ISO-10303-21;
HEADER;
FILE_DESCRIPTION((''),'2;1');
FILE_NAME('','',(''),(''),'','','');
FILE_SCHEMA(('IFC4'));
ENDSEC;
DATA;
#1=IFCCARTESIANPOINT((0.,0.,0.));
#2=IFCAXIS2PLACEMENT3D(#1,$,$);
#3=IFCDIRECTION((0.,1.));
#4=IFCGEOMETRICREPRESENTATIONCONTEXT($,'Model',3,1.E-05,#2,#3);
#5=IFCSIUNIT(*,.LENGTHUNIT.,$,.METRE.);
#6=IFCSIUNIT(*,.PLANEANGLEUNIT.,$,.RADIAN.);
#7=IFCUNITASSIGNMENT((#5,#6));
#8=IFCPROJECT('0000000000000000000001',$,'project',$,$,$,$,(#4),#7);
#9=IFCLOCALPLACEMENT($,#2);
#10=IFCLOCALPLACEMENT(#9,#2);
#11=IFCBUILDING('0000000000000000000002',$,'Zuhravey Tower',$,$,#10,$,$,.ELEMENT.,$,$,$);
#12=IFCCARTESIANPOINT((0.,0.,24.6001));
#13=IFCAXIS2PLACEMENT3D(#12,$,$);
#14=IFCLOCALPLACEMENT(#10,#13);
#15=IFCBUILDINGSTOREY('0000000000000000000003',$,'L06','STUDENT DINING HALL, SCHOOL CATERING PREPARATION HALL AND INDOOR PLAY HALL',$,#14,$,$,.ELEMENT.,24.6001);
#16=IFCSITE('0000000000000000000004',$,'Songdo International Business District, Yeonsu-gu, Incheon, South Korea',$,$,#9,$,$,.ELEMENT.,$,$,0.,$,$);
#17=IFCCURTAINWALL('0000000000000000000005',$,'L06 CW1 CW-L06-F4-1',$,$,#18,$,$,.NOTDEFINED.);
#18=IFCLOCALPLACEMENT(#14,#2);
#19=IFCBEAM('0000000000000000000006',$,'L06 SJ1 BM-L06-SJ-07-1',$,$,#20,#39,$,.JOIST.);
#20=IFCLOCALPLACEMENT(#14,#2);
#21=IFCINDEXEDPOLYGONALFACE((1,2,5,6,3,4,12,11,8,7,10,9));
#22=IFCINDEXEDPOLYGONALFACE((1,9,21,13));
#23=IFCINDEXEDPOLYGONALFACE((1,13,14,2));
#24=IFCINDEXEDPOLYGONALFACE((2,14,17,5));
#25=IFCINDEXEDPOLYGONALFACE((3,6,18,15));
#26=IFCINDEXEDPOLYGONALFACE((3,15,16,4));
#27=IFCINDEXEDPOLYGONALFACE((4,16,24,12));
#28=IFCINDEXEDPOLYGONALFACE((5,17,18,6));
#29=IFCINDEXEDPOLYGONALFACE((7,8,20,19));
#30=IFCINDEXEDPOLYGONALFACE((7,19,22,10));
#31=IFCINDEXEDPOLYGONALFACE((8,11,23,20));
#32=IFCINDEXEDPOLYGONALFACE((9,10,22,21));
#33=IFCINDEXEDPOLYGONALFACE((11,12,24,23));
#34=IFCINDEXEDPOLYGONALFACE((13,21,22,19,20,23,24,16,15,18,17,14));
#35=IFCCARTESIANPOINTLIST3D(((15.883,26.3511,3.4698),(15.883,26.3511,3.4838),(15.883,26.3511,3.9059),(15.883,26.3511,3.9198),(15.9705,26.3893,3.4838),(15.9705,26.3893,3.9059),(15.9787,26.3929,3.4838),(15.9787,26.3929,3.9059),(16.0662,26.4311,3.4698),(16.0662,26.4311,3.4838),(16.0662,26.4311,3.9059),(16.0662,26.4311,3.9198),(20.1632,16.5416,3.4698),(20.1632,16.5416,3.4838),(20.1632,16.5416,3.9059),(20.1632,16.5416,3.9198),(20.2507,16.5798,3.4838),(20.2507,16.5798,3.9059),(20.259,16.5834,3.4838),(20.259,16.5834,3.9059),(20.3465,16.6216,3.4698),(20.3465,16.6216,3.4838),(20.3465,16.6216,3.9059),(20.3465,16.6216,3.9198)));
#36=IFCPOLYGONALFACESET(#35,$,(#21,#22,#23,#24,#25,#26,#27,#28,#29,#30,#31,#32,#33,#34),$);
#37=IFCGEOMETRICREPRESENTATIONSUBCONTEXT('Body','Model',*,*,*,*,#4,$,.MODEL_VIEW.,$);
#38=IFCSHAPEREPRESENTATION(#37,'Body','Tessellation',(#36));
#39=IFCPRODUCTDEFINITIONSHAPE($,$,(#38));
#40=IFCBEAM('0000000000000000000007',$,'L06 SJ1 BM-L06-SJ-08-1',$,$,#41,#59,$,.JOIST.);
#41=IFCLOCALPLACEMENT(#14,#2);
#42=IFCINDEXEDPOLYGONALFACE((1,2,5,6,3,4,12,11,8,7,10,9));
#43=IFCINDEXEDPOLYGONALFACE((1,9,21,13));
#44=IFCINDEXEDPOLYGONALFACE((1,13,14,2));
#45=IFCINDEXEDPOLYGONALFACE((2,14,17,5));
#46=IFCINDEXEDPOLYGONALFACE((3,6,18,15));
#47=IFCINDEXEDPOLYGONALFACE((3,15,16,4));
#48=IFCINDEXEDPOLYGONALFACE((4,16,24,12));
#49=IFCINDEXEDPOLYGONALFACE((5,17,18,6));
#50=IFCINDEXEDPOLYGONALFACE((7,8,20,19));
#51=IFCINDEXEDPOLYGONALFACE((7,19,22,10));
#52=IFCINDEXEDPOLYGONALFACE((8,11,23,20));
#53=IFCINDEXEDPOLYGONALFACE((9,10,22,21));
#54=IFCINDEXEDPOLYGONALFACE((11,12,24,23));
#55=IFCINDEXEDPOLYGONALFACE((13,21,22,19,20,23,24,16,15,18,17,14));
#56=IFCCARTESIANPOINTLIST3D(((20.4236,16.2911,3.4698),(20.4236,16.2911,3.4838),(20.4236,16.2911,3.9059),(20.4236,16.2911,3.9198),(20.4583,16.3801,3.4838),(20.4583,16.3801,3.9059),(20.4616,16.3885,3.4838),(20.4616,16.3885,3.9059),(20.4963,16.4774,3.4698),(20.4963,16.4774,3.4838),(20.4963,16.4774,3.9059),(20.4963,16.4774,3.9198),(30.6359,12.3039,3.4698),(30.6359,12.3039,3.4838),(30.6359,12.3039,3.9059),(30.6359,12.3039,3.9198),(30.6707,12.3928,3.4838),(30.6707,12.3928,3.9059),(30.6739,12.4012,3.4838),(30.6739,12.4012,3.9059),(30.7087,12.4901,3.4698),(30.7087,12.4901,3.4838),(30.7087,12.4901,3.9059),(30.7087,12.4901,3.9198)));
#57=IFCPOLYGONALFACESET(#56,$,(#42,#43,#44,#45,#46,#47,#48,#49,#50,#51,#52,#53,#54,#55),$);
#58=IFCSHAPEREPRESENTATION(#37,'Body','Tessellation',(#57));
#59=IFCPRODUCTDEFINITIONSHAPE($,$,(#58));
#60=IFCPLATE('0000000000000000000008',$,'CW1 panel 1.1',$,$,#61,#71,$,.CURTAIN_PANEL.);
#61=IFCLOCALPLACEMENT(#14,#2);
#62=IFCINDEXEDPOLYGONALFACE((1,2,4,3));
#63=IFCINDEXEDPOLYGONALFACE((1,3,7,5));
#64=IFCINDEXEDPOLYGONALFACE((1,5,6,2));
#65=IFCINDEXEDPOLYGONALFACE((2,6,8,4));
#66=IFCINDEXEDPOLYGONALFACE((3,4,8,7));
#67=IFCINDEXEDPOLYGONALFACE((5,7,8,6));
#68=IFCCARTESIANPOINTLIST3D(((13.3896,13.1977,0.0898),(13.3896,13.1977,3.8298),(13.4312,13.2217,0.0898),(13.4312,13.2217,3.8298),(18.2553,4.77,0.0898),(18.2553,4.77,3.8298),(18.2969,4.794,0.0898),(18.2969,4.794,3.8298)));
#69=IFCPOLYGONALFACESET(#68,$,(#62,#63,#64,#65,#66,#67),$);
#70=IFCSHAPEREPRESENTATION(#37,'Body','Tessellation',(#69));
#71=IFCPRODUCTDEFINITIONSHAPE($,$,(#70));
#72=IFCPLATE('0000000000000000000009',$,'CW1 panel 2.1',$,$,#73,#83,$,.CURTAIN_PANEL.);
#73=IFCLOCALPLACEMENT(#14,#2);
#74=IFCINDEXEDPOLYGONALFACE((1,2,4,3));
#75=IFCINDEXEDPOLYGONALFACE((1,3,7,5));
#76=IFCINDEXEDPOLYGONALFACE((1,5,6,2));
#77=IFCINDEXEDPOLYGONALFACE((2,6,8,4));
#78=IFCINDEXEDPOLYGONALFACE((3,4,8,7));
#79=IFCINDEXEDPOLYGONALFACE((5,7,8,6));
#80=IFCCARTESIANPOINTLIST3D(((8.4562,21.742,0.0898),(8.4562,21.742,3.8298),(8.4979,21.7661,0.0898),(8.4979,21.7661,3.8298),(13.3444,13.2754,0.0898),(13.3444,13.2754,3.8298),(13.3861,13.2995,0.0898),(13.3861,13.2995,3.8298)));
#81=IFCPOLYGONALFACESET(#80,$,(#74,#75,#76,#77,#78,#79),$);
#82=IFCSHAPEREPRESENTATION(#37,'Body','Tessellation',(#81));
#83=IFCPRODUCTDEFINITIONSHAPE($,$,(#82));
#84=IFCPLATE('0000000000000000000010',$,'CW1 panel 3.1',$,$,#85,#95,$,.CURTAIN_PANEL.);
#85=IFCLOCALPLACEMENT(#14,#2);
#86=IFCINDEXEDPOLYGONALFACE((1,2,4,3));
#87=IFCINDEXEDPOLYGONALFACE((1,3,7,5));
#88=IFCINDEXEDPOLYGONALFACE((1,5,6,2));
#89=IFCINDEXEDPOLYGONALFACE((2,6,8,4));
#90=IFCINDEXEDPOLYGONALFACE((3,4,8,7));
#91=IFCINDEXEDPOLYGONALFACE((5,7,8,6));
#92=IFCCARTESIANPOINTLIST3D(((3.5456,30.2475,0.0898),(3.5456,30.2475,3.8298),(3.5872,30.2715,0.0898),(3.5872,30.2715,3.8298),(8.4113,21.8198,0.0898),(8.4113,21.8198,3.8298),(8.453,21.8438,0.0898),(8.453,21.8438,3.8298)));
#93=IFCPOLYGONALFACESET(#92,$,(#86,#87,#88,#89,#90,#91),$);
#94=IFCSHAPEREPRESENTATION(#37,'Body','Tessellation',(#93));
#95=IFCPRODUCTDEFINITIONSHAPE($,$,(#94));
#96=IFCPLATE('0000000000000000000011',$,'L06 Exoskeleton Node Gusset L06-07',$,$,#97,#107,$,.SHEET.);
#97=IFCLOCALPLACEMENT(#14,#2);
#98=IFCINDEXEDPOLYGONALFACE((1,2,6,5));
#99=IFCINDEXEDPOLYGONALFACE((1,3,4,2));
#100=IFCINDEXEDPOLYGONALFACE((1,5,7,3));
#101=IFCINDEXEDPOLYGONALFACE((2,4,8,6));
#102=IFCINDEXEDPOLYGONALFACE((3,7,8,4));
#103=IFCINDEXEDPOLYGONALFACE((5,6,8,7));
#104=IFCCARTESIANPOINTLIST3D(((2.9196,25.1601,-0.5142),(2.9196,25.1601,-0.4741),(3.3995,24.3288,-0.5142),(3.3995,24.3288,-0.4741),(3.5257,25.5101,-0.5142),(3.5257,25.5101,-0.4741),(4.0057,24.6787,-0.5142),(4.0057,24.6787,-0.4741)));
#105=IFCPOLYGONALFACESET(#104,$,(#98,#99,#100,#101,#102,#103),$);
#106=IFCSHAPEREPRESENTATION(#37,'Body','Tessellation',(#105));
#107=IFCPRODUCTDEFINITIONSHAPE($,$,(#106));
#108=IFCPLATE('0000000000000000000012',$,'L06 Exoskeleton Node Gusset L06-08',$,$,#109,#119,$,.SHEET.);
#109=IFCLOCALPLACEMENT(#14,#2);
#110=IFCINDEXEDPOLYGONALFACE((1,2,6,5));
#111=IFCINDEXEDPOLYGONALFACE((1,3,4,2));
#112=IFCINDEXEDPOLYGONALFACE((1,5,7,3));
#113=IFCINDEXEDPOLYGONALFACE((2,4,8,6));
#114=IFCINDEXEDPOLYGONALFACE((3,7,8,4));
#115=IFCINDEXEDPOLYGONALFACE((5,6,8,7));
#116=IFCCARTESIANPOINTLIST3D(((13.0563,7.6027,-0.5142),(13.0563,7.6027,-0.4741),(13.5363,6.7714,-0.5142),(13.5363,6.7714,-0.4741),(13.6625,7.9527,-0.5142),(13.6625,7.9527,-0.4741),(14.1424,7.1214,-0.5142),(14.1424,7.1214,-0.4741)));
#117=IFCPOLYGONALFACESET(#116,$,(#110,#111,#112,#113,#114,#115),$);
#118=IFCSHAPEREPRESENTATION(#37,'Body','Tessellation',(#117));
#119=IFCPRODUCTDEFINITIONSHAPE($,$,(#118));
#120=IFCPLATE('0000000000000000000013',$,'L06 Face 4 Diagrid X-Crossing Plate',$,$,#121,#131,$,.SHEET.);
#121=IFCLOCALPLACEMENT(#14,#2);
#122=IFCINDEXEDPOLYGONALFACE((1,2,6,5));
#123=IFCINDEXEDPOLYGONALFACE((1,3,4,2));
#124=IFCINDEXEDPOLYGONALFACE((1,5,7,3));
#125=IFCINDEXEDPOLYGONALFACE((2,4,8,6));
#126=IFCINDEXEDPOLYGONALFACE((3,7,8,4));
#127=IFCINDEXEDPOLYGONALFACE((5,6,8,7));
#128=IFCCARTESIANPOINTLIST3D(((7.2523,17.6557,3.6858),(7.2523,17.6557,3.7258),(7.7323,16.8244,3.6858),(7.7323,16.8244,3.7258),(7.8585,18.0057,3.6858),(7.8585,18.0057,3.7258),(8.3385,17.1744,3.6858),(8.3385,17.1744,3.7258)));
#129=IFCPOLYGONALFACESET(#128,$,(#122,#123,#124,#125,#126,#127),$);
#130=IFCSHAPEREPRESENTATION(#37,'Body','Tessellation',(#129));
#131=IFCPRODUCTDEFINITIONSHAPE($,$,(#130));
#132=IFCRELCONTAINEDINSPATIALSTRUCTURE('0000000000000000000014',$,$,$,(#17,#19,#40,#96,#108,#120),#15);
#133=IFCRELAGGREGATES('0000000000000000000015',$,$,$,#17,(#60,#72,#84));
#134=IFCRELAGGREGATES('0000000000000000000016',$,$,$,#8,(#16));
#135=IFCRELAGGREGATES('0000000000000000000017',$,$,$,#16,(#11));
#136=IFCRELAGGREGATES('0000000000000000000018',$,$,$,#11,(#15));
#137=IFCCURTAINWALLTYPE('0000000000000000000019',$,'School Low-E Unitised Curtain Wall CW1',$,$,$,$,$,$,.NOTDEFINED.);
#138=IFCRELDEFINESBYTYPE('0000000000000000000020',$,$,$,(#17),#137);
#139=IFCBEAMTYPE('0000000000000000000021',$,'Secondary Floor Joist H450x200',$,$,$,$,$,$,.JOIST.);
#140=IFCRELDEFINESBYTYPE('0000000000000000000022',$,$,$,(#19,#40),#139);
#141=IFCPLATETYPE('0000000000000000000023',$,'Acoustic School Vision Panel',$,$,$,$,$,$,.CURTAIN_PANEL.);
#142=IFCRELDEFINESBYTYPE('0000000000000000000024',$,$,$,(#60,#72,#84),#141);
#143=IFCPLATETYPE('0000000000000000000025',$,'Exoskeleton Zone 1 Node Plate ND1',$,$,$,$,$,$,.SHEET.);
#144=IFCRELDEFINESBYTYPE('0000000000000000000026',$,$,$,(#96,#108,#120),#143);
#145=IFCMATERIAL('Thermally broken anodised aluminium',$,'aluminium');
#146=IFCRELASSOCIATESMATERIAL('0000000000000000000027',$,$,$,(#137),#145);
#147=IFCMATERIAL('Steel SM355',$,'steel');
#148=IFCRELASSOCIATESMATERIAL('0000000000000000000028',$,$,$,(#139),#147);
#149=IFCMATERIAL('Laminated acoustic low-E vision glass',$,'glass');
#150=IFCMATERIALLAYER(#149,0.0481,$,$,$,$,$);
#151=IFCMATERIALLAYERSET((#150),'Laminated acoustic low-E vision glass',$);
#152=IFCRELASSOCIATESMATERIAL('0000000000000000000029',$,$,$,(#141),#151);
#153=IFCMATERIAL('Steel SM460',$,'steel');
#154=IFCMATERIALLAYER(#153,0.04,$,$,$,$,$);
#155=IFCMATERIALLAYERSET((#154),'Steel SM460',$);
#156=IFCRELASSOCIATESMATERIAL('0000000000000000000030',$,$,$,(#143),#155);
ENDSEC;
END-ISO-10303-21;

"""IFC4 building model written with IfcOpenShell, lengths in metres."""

from ifc_helpers import new_model, si_unit, direction, frame, origin, origin_2d, place, context, subcontext, project, spatial, rectangle, i_section, extrude, material, layer, layer_set, material_profile, profile_set, type_object, element, aggregate, save


model = new_model("IFC4")

# Units and contexts
model_context = context("Model", 3, precision=1e-05, world=origin(), true_north=direction((0.0, 1.0)))
body_context = subcontext(model_context, "Body", "Model", "MODEL_VIEW")
ifc_project = project(units=[si_unit("LENGTHUNIT", "METRE"), si_unit("PLANEANGLEUNIT", "RADIAN")], contexts=[model_context])

# Site, building, storey
site_placement = place(None, origin())
site = spatial("IfcSite", under=ifc_project, at=site_placement, Name="Songdo International Business District, Yeonsu-gu, Incheon, South Korea", CompositionType="ELEMENT", RefElevation=0.0)
building_placement = place(site_placement, origin())
building = spatial("IfcBuilding", under=site, at=building_placement, Name="Zuhravey Tower", CompositionType="ELEMENT")
storey_placement = place(building_placement, frame((0.0, 0.0, 24.6001)))
storey = spatial("IfcBuildingStorey", under=building, at=storey_placement, Name="L06", Description="STUDENT DINING HALL, SCHOOL CATERING PREPARATION HALL AND INDOOR PLAY HALL", CompositionType="ELEMENT", Elevation=24.6001)

# Shared definitions
ifc_material_1 = material(Name="Thermally broken anodised aluminium", Category="aluminium")
curtain_wall_type = type_object("IfcCurtainWallType", Name="School Low-E Unitised Curtain Wall CW1", PredefinedType="NOTDEFINED", material=ifc_material_1)

# Curtain wall
curtain_wall_1_placement = place(storey_placement, origin())
curtain_wall_1 = element("IfcCurtainWall", 1, at=curtain_wall_1_placement, inside=storey, type_object=curtain_wall_type, Name="L06 CW1 CW-L06-F4-1", PredefinedType="NOTDEFINED")

# Shared definitions
ifc_material_2 = material(Name="Steel SM355", Category="steel")
ifc_material_3 = material(Name="Steel SM460", Category="steel")

# Beams
ifc_material_profile_1 = material_profile(ifc_material_2, i_section(OverallWidth=0.2, OverallDepth=0.45, WebThickness=0.009, FlangeThickness=0.0139, at=origin_2d()), Name="H-450x200x9x14")
ifc_profile_set_1 = profile_set([ifc_material_profile_1], Name="Steel SM355")
beam_type_1 = type_object("IfcBeamType", Name="Secondary Floor Joist H450x200", PredefinedType="JOIST", material=ifc_profile_set_1)
beam_1_placement = place(storey_placement, frame((15.9746, 26.3911, 3.6948), z_axis=(0.399924, -0.916549, 0.0), x_axis=(0.916549, 0.399924, 0.0)))
element("IfcBeam", 2, at=beam_1_placement, inside=storey, type_object=beam_type_1, Name="L06 SJ1 BM-L06-SJ-07-1", PredefinedType="JOIST", context=body_context, shape_type="SweptSolid", body=[
    extrude(i_section(OverallWidth=0.2, OverallDepth=0.45, WebThickness=0.009, FlangeThickness=0.0139, at=origin_2d()), origin(), (0.0, 0.0, 1.0), 10.7026),
])
beam_2_placement = place(storey_placement, frame((20.46, 16.3843, 3.6948), z_axis=(0.931517, -0.363699, 0.0), x_axis=(0.363699, 0.931517, 0.0)))
element("IfcBeam", 3, at=beam_2_placement, inside=storey, type_object=beam_type_1, Name="L06 SJ1 BM-L06-SJ-08-1", PredefinedType="JOIST", context=body_context, shape_type="SweptSolid", body=[
    extrude(i_section(OverallWidth=0.2, OverallDepth=0.45, WebThickness=0.009, FlangeThickness=0.0139, at=origin_2d()), origin(), (0.0, 0.0, 1.0), 10.9631),
])

# Plates
ifc_material_4 = material(Name="Laminated acoustic low-E vision glass", Category="glass")
ifc_layer_1 = layer(ifc_material_4, 0.0481)
ifc_layer_set_1 = layer_set([ifc_layer_1], Name="Laminated acoustic low-E vision glass")
plate_type_1 = type_object("IfcPlateType", Name="Acoustic School Vision Panel", PredefinedType="CURTAIN_PANEL", material=ifc_layer_set_1)
plate_1_placement = place(storey_placement, frame((15.8433, 8.9958, 0.0898), z_axis=(0.0, 0.0, 1.0), x_axis=(-0.5, 0.866026, 0.0)))
plate_1 = element("IfcPlate", 4, at=plate_1_placement, type_object=plate_type_1, Name="CW1 panel 1.1", PredefinedType="CURTAIN_PANEL", context=body_context, shape_type="SweptSolid", body=[
    extrude(rectangle(XDim=9.7314, YDim=0.0481, at=origin_2d()), origin(), (0.0, 0.0, 1.0), 3.74),
])
plate_2_placement = place(storey_placement, frame((10.9211, 17.5208, 0.0898), z_axis=(0.0, 0.0, 1.0), x_axis=(-0.5, 0.866026, 0.0)))
plate_2 = element("IfcPlate", 5, at=plate_2_placement, type_object=plate_type_1, Name="CW1 panel 2.1", PredefinedType="CURTAIN_PANEL", context=body_context, shape_type="SweptSolid", body=[
    extrude(rectangle(XDim=9.7764, YDim=0.0481, at=origin_2d()), origin(), (0.0, 0.0, 1.0), 3.74),
])
plate_3_placement = place(storey_placement, frame((5.9993, 26.0457, 0.0898), z_axis=(0.0, 0.0, 1.0), x_axis=(-0.5, 0.866026, 0.0)))
plate_3 = element("IfcPlate", 6, at=plate_3_placement, type_object=plate_type_1, Name="CW1 panel 3.1", PredefinedType="CURTAIN_PANEL", context=body_context, shape_type="SweptSolid", body=[
    extrude(rectangle(XDim=9.7314, YDim=0.0481, at=origin_2d()), origin(), (0.0, 0.0, 1.0), 3.74),
])
aggregate(curtain_wall_1, [plate_1, plate_2, plate_3])

# Plates
ifc_layer_2 = layer(ifc_material_3, 0.04)
ifc_layer_set_2 = layer_set([ifc_layer_2], Name="Steel SM460")
plate_type_2 = type_object("IfcPlateType", Name="Exoskeleton Zone 1 Node Plate ND1", PredefinedType="SHEET", material=ifc_layer_set_2)
for number, where, z_axis, x_axis, name in (
    (7, (3.4626, 24.9194, -0.5142), (0.0, 0.0, 1.0), (0.5, -0.866025, 0.0), "L06 Exoskeleton Node Gusset L06-07"),
    (8, (13.5994, 7.3621, -0.5142), (0.0, 0.0, 1.0), (0.5, -0.866025, 0.0), "L06 Exoskeleton Node Gusset L06-08"),
    (9, (7.7954, 17.415, 3.6858), (0.0, 0.0, 1.0), (0.5, -0.866025, 0.0), "L06 Face 4 Diagrid X-Crossing Plate"),
):
    element("IfcPlate", number, at=place(storey_placement, frame(where, z_axis=z_axis, x_axis=x_axis)), inside=storey, type_object=plate_type_2, Name=name, PredefinedType="SHEET", context=body_context, shape_type="SweptSolid", body=[
        extrude(rectangle(XDim=0.96, YDim=0.7, at=origin_2d()), origin(), (0.0, 0.0, 1.0), 0.04),
    ])

save(model, "model.ifc")
